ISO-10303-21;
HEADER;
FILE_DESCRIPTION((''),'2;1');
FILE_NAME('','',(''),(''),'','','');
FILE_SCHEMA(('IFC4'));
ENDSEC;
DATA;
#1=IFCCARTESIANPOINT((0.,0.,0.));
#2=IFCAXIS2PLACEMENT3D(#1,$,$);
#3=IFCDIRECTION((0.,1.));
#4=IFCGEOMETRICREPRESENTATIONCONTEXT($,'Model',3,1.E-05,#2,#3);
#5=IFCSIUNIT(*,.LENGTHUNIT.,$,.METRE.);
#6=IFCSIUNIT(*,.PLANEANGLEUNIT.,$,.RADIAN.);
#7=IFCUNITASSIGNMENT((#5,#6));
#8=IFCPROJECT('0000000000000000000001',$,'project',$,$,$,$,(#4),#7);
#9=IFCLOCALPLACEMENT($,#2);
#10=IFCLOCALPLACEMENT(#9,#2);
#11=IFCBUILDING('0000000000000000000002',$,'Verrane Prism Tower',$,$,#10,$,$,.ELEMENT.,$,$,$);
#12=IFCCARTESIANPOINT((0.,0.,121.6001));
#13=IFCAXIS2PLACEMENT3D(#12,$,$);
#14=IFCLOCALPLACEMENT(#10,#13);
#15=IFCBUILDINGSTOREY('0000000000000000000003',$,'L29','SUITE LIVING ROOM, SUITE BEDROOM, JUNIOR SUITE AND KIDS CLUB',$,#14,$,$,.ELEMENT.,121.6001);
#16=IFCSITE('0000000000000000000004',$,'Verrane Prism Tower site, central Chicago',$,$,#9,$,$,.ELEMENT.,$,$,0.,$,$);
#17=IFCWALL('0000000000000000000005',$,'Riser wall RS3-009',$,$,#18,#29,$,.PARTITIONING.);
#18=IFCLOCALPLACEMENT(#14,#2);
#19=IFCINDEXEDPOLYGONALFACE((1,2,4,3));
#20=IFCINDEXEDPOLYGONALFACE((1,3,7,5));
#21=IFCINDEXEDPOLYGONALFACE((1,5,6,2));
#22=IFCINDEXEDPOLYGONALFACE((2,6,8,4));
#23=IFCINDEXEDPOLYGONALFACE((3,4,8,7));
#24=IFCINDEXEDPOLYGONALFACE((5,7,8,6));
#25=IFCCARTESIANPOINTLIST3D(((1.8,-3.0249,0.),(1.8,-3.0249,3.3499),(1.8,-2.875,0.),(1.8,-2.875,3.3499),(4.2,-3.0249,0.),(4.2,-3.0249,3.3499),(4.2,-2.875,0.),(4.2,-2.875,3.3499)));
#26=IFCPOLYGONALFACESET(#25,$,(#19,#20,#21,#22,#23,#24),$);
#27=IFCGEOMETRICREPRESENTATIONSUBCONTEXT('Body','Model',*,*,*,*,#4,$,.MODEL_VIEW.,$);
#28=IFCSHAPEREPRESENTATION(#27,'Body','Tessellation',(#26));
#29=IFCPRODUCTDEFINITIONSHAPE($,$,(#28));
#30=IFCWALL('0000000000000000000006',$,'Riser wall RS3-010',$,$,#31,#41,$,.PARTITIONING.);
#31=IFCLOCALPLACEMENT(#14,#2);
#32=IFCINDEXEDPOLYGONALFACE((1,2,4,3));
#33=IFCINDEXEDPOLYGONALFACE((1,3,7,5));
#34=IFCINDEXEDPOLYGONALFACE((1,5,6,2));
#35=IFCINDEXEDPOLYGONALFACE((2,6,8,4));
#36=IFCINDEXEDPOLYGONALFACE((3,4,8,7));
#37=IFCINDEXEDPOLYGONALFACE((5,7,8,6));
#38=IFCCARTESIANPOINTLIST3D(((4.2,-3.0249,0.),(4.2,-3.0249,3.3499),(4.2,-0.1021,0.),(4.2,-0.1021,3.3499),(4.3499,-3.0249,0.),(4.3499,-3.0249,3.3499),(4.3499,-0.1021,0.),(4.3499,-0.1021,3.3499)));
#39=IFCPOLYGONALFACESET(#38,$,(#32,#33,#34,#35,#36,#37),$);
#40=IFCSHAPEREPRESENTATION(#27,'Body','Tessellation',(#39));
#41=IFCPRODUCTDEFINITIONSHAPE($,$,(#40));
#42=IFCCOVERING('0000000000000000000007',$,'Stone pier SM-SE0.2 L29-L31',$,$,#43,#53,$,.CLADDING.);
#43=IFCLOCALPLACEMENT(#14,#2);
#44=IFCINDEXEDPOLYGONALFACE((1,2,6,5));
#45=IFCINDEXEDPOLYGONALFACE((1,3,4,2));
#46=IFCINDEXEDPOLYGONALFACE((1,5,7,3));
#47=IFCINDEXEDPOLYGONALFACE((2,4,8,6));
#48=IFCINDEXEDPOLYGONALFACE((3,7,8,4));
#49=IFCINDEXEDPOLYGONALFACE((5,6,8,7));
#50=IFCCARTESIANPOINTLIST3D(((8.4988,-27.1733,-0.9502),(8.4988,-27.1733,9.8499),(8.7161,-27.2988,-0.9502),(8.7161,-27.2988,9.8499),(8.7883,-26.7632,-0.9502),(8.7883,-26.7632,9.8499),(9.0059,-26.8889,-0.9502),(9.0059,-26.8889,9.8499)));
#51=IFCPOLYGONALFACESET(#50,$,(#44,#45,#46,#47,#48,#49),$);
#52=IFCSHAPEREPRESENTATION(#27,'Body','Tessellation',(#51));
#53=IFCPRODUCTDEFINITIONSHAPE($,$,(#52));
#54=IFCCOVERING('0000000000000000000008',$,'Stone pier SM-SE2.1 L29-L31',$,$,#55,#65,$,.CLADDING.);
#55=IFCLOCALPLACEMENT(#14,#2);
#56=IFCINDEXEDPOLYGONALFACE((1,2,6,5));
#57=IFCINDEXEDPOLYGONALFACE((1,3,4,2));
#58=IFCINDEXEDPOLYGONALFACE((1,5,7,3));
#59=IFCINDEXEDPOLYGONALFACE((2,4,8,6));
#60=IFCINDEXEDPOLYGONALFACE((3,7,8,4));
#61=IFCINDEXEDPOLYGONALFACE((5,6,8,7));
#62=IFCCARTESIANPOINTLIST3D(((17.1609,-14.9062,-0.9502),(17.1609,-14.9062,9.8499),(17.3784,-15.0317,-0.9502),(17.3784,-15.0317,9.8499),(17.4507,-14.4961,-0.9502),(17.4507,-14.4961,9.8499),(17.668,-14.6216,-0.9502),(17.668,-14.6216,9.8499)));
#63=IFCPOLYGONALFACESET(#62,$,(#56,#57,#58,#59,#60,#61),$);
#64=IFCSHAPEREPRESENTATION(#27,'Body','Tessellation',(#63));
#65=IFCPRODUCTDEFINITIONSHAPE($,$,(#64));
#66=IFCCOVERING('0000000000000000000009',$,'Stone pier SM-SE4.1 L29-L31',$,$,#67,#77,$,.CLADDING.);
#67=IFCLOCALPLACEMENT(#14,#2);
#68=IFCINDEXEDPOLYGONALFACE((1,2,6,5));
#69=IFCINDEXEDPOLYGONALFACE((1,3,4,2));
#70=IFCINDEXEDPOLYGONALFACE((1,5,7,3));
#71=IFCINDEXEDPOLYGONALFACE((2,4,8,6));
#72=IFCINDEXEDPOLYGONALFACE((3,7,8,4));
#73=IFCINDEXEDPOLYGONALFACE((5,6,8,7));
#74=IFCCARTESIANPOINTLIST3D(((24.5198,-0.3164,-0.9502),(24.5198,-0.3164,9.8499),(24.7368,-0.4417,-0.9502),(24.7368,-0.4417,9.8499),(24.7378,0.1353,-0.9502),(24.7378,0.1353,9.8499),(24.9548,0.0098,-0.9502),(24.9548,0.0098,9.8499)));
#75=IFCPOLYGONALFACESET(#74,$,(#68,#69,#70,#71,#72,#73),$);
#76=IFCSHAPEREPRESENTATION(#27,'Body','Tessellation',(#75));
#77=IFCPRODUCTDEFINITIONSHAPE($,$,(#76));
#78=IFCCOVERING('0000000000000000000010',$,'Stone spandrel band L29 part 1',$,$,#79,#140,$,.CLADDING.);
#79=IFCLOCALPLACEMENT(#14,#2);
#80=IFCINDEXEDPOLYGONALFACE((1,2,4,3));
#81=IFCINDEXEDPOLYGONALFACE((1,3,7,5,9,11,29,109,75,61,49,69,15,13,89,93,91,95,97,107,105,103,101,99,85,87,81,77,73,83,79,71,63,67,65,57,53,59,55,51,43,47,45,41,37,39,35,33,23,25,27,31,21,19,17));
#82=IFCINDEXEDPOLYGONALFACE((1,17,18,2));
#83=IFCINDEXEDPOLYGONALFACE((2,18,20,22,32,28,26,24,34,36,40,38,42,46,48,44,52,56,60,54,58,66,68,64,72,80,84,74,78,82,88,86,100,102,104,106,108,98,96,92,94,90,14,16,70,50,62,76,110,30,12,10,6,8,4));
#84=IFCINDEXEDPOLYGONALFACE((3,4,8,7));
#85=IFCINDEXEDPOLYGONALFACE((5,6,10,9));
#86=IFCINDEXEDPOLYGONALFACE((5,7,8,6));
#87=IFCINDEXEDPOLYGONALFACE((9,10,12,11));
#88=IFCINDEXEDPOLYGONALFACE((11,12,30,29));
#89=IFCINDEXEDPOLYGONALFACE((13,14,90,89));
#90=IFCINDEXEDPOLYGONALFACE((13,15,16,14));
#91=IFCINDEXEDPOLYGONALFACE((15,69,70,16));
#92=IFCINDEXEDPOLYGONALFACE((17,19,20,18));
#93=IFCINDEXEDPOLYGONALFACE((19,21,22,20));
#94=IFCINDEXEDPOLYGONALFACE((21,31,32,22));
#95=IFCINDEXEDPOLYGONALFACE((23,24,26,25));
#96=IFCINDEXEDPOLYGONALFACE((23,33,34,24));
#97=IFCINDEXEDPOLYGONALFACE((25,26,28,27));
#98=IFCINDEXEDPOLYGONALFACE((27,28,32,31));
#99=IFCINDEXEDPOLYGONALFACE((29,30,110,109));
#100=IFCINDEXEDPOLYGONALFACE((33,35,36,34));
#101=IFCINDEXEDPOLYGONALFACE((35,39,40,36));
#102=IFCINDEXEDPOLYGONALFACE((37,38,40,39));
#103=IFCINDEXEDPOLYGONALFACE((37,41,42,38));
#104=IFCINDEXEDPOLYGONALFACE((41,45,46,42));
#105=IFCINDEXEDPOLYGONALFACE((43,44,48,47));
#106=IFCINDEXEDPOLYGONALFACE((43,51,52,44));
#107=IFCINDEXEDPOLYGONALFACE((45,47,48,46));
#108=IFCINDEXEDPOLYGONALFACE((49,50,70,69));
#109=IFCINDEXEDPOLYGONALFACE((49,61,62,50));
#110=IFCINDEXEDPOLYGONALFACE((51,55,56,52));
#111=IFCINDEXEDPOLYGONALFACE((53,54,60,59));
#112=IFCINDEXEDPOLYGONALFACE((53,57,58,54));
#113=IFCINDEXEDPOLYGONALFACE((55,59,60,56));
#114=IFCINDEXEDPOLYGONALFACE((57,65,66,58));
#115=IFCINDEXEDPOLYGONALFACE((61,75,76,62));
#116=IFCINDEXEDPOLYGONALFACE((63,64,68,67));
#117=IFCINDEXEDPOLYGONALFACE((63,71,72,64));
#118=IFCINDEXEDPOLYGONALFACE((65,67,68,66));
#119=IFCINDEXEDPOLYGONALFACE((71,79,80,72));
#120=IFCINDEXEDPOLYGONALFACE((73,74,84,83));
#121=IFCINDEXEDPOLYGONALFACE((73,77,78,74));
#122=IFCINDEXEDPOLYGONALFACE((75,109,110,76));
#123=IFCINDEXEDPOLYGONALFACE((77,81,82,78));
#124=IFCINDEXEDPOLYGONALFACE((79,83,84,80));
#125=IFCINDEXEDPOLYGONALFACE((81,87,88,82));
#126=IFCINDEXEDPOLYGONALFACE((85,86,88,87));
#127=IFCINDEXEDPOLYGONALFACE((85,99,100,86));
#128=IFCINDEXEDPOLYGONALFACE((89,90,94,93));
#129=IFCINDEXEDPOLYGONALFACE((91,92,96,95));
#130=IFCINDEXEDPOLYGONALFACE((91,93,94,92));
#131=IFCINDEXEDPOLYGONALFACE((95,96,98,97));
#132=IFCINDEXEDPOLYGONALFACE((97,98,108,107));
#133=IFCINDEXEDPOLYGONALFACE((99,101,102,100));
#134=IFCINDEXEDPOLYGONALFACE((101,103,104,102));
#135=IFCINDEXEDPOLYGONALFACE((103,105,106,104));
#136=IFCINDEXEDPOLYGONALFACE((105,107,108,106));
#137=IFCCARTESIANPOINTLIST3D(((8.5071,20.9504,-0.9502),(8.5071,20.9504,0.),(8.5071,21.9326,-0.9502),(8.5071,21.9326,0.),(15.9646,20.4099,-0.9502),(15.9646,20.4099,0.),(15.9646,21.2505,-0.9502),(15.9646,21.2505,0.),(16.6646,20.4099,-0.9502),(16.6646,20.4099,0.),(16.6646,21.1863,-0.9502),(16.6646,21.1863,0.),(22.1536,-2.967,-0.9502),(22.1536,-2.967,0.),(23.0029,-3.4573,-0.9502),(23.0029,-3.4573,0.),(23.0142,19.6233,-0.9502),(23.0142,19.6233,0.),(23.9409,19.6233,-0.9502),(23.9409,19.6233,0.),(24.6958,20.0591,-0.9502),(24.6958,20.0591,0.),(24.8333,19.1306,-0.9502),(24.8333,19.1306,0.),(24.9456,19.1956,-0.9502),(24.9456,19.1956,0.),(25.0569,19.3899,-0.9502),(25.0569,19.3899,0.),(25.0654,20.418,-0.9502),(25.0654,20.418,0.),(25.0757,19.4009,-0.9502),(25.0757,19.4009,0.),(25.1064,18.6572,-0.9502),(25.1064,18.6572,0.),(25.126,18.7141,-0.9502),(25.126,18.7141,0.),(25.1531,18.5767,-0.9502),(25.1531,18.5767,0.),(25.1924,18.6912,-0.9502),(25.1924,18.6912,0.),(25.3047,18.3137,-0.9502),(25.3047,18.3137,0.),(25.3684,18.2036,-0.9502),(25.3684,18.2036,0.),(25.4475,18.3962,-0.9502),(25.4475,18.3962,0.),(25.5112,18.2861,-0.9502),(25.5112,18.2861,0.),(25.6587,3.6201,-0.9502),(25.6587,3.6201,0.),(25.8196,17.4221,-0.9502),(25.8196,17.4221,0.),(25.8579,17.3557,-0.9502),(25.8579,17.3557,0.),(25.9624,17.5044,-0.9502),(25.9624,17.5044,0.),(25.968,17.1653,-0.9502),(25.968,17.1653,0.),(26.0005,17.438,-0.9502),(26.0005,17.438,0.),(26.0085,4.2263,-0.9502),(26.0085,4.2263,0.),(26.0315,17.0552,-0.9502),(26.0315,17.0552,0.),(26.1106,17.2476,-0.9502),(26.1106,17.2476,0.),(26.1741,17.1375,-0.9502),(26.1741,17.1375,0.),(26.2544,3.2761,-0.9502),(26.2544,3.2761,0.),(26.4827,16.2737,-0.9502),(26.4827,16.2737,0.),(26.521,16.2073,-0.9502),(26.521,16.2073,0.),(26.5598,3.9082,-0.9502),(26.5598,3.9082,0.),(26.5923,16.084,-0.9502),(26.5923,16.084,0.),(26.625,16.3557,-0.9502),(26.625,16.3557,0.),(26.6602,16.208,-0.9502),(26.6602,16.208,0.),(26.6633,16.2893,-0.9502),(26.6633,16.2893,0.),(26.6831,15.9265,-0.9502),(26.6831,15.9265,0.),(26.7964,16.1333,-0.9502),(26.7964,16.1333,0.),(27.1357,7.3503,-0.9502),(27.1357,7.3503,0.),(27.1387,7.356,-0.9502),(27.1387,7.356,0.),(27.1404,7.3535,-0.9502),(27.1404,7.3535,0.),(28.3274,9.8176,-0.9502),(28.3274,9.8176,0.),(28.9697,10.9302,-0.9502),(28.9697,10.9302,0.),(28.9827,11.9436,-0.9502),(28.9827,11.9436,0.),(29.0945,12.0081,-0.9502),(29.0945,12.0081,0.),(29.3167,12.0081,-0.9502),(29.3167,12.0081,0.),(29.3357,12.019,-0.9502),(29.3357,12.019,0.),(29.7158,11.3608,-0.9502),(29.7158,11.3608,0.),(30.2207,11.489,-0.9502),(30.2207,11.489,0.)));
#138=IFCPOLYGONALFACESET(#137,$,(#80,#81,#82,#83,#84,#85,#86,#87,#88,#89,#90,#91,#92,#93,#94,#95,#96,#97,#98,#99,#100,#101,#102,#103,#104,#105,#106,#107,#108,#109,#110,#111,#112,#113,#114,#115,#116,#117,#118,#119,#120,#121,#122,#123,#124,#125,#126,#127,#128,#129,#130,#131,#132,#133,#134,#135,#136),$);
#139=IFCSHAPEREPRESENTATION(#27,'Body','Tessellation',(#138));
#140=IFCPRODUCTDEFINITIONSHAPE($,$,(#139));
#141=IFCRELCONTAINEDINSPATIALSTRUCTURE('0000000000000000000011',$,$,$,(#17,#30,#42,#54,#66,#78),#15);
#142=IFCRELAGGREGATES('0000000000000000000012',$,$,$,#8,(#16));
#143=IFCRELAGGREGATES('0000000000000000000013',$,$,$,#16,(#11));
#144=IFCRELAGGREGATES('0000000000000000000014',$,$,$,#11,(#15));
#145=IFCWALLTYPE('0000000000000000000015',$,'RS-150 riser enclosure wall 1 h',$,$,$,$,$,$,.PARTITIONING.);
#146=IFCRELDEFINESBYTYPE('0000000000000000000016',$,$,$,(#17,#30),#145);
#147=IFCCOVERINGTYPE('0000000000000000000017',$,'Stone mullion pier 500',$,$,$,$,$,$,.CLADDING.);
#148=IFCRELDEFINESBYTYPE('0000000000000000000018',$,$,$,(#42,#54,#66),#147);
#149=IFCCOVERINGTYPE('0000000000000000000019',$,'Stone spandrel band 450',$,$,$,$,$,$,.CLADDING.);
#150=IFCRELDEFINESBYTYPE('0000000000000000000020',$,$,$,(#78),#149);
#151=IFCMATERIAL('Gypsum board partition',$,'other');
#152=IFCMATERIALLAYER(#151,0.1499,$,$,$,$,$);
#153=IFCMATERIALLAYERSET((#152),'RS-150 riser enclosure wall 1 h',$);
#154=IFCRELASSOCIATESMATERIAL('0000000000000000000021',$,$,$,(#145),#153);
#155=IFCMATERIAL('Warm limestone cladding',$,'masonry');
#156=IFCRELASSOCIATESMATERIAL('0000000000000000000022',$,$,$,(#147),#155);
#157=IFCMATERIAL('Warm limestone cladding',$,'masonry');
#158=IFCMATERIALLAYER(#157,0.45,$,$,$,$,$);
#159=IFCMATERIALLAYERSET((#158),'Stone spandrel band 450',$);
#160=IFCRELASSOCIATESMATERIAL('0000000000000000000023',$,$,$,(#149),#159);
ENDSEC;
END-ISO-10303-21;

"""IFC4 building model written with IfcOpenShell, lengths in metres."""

from ifc_helpers import new_model, si_unit, direction, frame, frame_2d, origin, place, context, subcontext, project, spatial, polyline, rectangle, outline, extrude, material, layer, layer_set, type_object, element, save


model = new_model("IFC4")

# Units and contexts
model_context = context("Model", 3, precision=1e-05, world=origin(), true_north=direction((0.0, 1.0)))
body_context = subcontext(model_context, "Body", "Model", "MODEL_VIEW")
ifc_project = project(units=[si_unit("LENGTHUNIT", "METRE"), si_unit("PLANEANGLEUNIT", "RADIAN")], contexts=[model_context])

# Site, building, storey
site_placement = place(None, origin())
site = spatial("IfcSite", under=ifc_project, at=site_placement, Name="Verrane Prism Tower site, central Chicago", CompositionType="ELEMENT", RefElevation=0.0)
building_placement = place(site_placement, origin())
building = spatial("IfcBuilding", under=site, at=building_placement, Name="Verrane Prism Tower", CompositionType="ELEMENT")
storey_placement = place(building_placement, frame((0.0, 0.0, 121.6001)))
storey = spatial("IfcBuildingStorey", under=building, at=storey_placement, Name="L29", Description="SUITE LIVING ROOM, SUITE BEDROOM, JUNIOR SUITE AND KIDS CLUB", CompositionType="ELEMENT", Elevation=121.6001)

# Shared definitions
ifc_material_1 = material(Name="Gypsum board partition", Category="other")
ifc_layer_1 = layer(ifc_material_1, 0.1499)
ifc_layer_set_1 = layer_set([ifc_layer_1], Name="RS-150 riser enclosure wall 1 h")
wall_type_1 = type_object("IfcWallType", Name="RS-150 riser enclosure wall 1 h", PredefinedType="PARTITIONING", material=ifc_layer_set_1)

# Walls
wall_1_placement = place(storey_placement, frame((1.8, -2.95, 0.0), z_axis=(0.0, 0.0, 1.0), x_axis=(1.0, 0.0, 0.0)))
element("IfcWall", 1, at=wall_1_placement, inside=storey, type_object=wall_type_1, Name="Riser wall RS3-009", PredefinedType="PARTITIONING", context=body_context, shape_type="SweptSolid", body=[
    extrude(rectangle(XDim=2.3999, YDim=0.1499, at=frame_2d((1.2, 0.0))), origin(), (0.0, 0.0, 1.0), 3.3499),
])
wall_2_placement = place(storey_placement, frame((4.2749, -3.0249, 0.0), z_axis=(0.0, 0.0, 1.0), x_axis=(0.0, 1.0, 0.0)))
element("IfcWall", 2, at=wall_2_placement, inside=storey, type_object=wall_type_1, Name="Riser wall RS3-010", PredefinedType="PARTITIONING", context=body_context, shape_type="SweptSolid", body=[
    extrude(rectangle(XDim=2.9229, YDim=0.1499, at=frame_2d((1.4614, 0.0))), origin(), (0.0, 0.0, 1.0), 3.3499),
])

# Coverings
ifc_material_2 = material(Name="Warm limestone cladding", Category="masonry")
covering_type_1 = type_object("IfcCoveringType", Name="Stone mullion pier 500", PredefinedType="CLADDING", material=ifc_material_2)
covering_1_placement = place(storey_placement, frame((0.0, 0.0, -0.9502)))
element("IfcCovering", 3, at=covering_1_placement, inside=storey, type_object=covering_type_1, Name="Stone pier SM-SE0.2 L29-L31", PredefinedType="CLADDING", context=body_context, shape_type="SweptSolid", body=[
    extrude(outline(polyline([(8.7883, -26.7632), (8.4988, -27.1733), (8.7161, -27.2988), (9.0059, -26.8889), (8.7883, -26.7632)])), origin(), (0.0, 0.0, 1.0), 10.8),
])
covering_2_placement = place(storey_placement, frame((0.0, 0.0, -0.9502)))
element("IfcCovering", 4, at=covering_2_placement, inside=storey, type_object=covering_type_1, Name="Stone pier SM-SE2.1 L29-L31", PredefinedType="CLADDING", context=body_context, shape_type="SweptSolid", body=[
    extrude(outline(polyline([(17.4507, -14.4961), (17.1609, -14.9062), (17.3784, -15.0317), (17.668, -14.6216), (17.4507, -14.4961)])), origin(), (0.0, 0.0, 1.0), 10.8),
])
covering_3_placement = place(storey_placement, frame((0.0, 0.0, -0.9502)))
element("IfcCovering", 5, at=covering_3_placement, inside=storey, type_object=covering_type_1, Name="Stone pier SM-SE4.1 L29-L31", PredefinedType="CLADDING", context=body_context, shape_type="SweptSolid", body=[
    extrude(outline(polyline([(24.7378, 0.1353), (24.5198, -0.3164), (24.7368, -0.4417), (24.9548, 0.0098), (24.7378, 0.1353)])), origin(), (0.0, 0.0, 1.0), 10.8),
])
ifc_material_3 = material(Name="Warm limestone cladding", Category="masonry")
ifc_layer_2 = layer(ifc_material_3, 0.45)
ifc_layer_set_2 = layer_set([ifc_layer_2], Name="Stone spandrel band 450")
covering_type_2 = type_object("IfcCoveringType", Name="Stone spandrel band 450", PredefinedType="CLADDING", material=ifc_layer_set_2)
covering_4_placement = place(storey_placement, frame((0.0, 0.0, -0.9502)))
element("IfcCovering", 6, at=covering_4_placement, inside=storey, type_object=covering_type_2, Name="Stone spandrel band L29 part 1", PredefinedType="CLADDING", context=body_context, shape_type="SweptSolid", body=[
    extrude(outline(polyline([(8.5071, 20.9504), (23.0142, 19.6233), (23.9409, 19.6233), (24.6958, 20.0591), (25.0757, 19.4009), (25.0569, 19.3899), (24.9456, 19.1956), (24.8333, 19.1306), (25.1064, 18.6572), (25.126, 18.7141), (25.1924, 18.6912), (25.1531, 18.5767), (25.3047, 18.3137), (25.4475, 18.3962), (25.5112, 18.2861), (25.3684, 18.2036), (25.8196, 17.4221), (25.9624, 17.5044), (26.0005, 17.438), (25.8579, 17.3557), (25.968, 17.1653), (26.1106, 17.2476), (26.1741, 17.1375), (26.0315, 17.0552), (26.4827, 16.2737), (26.625, 16.3557), (26.6633, 16.2893), (26.521, 16.2073), (26.5923, 16.084), (26.6602, 16.208), (26.7964, 16.1333), (26.6831, 15.9265), (28.9827, 11.9436), (29.0945, 12.0081), (29.3167, 12.0081), (29.3357, 12.019), (29.7158, 11.3608), (28.9697, 10.9302), (28.3274, 9.8176), (27.1387, 7.356), (27.1404, 7.3535), (27.1357, 7.3503), (22.1536, -2.967), (23.0029, -3.4573), (26.2544, 3.2761), (25.6587, 3.6201), (26.0085, 4.2263), (26.5598, 3.9082), (30.2207, 11.489), (25.0654, 20.418), (16.6646, 21.1863), (16.6646, 20.4099), (15.9646, 20.4099), (15.9646, 21.2505), (8.5071, 21.9326), (8.5071, 20.9504)])), origin(), (0.0, 0.0, 1.0), 0.9502),
])

save(model, "model.ifc")
